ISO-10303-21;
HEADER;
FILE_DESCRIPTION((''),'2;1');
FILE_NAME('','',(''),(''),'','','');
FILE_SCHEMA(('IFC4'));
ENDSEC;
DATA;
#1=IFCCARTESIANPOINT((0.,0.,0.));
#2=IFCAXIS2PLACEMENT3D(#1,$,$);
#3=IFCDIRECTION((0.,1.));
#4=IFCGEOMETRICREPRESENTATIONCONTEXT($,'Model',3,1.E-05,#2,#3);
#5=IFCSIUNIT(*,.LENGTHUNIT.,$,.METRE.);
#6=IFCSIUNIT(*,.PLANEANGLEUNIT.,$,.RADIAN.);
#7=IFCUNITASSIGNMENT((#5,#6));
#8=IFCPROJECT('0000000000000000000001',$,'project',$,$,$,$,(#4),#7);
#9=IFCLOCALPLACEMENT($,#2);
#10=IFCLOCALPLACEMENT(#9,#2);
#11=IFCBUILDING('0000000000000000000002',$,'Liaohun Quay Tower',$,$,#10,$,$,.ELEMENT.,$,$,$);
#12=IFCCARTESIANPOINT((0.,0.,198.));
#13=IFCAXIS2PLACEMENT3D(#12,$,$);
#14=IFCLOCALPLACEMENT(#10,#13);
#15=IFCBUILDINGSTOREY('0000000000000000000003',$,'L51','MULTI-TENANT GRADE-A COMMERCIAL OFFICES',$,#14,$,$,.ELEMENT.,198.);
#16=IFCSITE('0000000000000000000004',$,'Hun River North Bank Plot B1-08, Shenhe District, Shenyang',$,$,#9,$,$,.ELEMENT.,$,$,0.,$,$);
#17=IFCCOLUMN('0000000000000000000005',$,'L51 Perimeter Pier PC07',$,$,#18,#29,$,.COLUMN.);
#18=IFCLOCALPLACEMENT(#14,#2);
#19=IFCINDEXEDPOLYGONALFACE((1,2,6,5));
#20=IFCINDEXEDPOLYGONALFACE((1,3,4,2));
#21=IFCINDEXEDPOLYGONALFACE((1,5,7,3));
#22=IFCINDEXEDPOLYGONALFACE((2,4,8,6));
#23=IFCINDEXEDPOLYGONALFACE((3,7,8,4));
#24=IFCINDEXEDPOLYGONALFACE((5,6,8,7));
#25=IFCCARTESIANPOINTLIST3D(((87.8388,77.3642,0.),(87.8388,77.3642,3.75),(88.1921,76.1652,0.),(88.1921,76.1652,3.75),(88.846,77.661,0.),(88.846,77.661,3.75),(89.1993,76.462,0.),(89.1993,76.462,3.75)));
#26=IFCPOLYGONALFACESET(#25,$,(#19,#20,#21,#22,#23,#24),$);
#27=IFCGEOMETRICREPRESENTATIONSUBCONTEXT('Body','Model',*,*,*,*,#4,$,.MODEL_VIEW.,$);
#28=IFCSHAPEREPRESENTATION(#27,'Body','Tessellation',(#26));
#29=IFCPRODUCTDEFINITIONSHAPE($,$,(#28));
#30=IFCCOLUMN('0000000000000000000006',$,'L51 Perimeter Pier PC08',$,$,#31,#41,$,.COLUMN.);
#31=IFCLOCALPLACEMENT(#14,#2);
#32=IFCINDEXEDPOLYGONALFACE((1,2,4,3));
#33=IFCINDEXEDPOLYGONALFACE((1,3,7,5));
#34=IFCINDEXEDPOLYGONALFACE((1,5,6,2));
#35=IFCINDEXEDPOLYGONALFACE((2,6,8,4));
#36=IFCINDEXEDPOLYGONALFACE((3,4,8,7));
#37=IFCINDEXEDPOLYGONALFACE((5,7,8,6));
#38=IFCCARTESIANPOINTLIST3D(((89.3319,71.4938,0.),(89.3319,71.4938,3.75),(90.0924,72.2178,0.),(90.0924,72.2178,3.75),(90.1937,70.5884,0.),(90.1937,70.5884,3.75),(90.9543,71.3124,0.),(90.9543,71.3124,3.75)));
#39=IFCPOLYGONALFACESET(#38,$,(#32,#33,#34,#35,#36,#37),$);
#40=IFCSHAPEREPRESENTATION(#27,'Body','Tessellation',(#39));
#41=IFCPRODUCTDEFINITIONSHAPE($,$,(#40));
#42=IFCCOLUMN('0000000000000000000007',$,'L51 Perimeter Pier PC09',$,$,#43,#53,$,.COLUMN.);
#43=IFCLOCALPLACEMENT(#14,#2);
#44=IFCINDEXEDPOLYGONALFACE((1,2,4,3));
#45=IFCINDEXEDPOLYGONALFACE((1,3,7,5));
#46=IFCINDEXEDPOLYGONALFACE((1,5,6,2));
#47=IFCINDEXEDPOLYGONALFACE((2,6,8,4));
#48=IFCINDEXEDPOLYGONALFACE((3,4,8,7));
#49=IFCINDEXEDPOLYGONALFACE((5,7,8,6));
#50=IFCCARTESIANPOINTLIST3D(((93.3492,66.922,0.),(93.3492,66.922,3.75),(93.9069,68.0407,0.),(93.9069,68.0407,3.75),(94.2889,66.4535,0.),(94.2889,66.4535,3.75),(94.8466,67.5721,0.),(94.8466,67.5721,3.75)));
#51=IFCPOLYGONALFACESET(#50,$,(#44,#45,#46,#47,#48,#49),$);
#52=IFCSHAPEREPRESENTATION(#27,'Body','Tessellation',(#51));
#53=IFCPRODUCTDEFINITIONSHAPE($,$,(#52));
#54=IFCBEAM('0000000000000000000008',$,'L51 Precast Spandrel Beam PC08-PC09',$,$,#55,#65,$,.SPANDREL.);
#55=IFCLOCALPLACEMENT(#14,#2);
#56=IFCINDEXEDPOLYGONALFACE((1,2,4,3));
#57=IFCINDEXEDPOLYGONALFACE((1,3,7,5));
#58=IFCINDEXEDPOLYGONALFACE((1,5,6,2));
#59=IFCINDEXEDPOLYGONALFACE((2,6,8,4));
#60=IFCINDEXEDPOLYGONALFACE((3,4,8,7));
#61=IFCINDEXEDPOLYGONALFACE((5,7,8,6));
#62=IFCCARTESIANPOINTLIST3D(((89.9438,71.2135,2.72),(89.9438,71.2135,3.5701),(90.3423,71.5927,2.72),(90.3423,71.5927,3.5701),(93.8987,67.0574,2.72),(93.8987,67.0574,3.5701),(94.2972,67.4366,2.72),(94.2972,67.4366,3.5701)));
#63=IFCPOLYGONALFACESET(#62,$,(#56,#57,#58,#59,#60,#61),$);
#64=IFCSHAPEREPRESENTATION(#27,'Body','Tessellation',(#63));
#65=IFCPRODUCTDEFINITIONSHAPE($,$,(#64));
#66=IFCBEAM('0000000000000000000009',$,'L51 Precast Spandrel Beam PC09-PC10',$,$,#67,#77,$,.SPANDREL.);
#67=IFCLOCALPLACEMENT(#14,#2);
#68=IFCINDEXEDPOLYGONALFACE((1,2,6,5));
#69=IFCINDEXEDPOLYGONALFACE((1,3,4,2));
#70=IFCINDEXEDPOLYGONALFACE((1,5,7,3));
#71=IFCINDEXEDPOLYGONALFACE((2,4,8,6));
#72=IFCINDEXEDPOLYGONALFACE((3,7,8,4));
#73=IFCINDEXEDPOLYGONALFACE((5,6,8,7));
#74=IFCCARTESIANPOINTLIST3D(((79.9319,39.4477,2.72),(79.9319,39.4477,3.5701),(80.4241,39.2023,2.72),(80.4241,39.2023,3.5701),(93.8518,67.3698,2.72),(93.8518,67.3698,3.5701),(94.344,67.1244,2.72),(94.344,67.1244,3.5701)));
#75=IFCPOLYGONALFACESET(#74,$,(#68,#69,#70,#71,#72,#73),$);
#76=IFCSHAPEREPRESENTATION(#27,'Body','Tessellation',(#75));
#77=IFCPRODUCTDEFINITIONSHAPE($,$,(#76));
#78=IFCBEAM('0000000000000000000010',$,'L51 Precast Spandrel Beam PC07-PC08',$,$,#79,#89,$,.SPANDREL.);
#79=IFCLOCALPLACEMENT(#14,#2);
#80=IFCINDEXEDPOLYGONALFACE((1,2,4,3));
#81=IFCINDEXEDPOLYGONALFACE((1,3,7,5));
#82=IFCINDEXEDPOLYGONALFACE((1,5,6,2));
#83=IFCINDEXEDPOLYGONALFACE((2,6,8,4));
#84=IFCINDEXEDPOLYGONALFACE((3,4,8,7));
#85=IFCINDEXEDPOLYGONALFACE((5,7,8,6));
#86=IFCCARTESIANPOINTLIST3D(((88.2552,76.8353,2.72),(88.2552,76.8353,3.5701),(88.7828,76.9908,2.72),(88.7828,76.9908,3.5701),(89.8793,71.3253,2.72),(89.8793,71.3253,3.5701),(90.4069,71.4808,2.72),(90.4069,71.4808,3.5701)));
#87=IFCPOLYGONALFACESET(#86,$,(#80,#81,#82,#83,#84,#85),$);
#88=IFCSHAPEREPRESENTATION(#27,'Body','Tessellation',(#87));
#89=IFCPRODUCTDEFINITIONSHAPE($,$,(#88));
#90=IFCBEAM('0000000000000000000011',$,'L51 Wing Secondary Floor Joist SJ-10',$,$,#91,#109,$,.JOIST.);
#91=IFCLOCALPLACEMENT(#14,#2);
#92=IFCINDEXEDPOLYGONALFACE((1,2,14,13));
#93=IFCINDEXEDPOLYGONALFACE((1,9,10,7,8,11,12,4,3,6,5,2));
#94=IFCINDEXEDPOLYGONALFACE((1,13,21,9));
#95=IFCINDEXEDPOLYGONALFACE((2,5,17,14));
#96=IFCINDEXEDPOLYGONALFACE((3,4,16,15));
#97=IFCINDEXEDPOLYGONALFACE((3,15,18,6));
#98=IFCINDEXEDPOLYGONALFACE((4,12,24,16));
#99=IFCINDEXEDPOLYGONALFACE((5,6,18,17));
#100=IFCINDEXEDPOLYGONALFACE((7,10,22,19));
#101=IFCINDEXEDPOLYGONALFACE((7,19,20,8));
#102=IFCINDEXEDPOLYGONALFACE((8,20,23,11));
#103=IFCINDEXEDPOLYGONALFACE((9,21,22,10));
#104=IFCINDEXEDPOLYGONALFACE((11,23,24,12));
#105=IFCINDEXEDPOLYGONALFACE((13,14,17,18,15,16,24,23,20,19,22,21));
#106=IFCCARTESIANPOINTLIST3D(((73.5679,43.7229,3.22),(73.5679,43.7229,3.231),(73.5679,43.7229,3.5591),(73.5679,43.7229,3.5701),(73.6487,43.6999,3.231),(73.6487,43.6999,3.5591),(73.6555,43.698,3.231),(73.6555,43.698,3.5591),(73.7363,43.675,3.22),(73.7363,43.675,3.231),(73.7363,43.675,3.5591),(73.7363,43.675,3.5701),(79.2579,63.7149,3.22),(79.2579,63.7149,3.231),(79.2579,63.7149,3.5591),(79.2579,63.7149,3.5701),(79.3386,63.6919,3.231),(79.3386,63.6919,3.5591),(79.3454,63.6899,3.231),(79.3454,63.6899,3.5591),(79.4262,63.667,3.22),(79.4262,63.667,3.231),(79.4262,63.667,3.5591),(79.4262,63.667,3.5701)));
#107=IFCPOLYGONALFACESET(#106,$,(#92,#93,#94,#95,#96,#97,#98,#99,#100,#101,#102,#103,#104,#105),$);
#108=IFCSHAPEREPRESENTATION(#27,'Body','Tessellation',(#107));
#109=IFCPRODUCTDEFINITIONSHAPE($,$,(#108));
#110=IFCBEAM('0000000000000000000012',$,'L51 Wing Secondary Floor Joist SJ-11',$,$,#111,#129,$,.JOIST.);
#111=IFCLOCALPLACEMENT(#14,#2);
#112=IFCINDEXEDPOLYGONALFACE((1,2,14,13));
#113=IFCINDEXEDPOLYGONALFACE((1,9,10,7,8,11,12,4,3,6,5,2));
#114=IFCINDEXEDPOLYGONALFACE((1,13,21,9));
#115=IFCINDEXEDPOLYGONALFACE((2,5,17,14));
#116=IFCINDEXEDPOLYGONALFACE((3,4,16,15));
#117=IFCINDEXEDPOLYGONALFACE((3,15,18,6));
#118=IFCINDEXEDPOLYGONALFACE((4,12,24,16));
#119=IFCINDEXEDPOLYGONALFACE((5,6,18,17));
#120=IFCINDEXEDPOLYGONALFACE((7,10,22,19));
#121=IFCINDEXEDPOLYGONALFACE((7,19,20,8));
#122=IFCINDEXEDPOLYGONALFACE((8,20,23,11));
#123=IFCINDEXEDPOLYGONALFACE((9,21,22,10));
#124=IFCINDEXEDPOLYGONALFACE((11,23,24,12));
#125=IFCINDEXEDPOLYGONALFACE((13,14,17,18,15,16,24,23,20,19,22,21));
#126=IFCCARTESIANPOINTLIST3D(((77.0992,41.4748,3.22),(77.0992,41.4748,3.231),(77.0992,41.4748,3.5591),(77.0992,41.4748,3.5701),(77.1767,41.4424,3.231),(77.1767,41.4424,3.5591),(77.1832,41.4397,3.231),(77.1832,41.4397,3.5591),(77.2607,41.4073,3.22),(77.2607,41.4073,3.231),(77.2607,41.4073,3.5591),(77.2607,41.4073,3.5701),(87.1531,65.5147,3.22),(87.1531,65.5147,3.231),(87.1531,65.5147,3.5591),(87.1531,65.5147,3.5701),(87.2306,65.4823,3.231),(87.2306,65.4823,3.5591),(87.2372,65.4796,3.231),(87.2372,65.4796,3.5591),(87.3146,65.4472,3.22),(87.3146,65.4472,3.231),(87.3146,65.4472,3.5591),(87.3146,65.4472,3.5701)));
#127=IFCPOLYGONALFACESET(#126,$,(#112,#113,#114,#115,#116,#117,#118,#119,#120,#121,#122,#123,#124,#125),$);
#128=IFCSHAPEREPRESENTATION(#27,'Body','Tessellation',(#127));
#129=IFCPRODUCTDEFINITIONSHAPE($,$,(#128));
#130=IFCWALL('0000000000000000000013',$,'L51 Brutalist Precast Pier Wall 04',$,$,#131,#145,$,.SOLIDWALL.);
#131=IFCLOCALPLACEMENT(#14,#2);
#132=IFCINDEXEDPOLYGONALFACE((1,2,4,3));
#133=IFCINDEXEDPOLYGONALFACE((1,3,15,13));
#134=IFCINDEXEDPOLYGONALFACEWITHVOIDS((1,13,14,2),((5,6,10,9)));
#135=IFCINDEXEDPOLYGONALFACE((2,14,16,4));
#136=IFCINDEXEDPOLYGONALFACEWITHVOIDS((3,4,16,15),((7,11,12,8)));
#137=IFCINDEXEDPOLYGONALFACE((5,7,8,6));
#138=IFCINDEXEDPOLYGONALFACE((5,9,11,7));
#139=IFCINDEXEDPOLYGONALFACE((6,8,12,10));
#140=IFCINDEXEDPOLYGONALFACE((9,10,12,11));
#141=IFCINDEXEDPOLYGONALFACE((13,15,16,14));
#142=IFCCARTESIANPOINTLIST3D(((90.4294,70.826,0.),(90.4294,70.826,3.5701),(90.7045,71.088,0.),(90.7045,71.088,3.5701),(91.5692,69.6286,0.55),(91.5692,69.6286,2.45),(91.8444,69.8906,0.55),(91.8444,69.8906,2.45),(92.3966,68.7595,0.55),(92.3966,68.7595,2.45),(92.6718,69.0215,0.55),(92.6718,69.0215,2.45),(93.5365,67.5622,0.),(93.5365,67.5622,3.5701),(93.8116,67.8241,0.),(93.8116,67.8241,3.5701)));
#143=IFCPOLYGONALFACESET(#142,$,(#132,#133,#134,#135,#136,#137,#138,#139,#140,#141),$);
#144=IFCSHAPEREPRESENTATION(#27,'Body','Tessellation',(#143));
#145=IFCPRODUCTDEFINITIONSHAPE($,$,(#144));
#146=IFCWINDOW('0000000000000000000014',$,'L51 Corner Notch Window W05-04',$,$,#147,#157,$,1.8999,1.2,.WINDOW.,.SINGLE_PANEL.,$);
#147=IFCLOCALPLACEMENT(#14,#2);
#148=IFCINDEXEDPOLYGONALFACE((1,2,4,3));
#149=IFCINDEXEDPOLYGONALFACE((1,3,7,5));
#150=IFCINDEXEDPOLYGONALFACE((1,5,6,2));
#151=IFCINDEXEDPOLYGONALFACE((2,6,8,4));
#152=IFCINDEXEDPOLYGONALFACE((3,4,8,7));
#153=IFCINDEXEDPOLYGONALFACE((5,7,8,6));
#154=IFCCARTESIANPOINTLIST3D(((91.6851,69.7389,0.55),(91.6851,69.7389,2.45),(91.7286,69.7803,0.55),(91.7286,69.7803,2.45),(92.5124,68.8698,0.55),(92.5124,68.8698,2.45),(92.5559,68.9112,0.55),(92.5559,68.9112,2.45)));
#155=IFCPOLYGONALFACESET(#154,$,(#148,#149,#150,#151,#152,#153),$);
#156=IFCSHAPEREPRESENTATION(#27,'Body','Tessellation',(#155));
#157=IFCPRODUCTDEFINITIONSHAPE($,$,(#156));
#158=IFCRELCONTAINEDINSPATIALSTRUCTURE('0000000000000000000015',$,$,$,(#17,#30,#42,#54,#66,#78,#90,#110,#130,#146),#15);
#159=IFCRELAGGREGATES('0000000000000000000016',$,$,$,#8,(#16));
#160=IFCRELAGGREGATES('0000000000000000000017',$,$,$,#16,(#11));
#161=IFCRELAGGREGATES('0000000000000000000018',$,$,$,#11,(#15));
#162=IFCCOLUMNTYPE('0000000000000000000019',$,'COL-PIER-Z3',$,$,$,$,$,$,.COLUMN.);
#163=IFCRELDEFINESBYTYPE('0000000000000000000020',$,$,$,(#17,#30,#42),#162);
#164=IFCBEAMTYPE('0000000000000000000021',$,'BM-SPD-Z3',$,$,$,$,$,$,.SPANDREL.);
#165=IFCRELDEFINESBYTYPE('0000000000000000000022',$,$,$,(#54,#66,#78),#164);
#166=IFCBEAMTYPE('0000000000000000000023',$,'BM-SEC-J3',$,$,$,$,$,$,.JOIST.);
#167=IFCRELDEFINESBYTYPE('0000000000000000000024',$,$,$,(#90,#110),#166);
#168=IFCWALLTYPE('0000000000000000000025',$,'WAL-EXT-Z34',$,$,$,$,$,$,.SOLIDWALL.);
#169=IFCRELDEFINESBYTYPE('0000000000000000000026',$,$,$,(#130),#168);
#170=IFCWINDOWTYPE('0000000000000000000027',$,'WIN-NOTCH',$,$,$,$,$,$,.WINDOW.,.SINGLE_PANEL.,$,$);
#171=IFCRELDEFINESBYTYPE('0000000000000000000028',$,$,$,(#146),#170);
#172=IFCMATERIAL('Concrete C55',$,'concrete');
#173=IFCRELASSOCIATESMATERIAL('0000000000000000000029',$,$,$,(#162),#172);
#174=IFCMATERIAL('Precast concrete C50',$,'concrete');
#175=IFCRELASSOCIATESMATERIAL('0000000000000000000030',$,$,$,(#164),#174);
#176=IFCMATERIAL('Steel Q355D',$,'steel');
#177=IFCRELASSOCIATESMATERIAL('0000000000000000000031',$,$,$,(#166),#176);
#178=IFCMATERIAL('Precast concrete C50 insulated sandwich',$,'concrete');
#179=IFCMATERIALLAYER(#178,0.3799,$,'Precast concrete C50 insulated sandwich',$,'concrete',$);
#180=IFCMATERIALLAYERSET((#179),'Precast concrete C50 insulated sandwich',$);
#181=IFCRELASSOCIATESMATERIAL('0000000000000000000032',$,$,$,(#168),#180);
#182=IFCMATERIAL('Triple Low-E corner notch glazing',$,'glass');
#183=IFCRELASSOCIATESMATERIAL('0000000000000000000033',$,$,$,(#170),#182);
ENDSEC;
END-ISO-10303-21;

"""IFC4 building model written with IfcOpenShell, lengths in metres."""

from ifc_helpers import new_model, si_unit, direction, frame, frame_2d, origin, origin_2d, place, context, subcontext, project, spatial, rectangle, i_section, extrude, source, transform, mapped, material, layer, layer_set, material_profile, profile_set, type_object, element, fill, save


model = new_model("IFC4")

# Units and contexts
model_context = context("Model", 3, precision=1e-05, world=origin(), true_north=direction((0.0, 1.0)))
body_context = subcontext(model_context, "Body", "Model", "MODEL_VIEW")
ifc_project = project(units=[si_unit("LENGTHUNIT", "METRE"), si_unit("PLANEANGLEUNIT", "RADIAN")], contexts=[model_context])

# Site, building, storey
site_placement = place(None, origin())
site = spatial("IfcSite", under=ifc_project, at=site_placement, Name="Hun River North Bank Plot B1-08, Shenhe District, Shenyang", CompositionType="ELEMENT", RefElevation=0.0)
building_placement = place(site_placement, origin())
building = spatial("IfcBuilding", under=site, at=building_placement, Name="Liaohun Quay Tower", CompositionType="ELEMENT")
storey_placement = place(building_placement, frame((0.0, 0.0, 198.0)))
storey = spatial("IfcBuildingStorey", under=building, at=storey_placement, Name="L51", Description="MULTI-TENANT GRADE-A COMMERCIAL OFFICES", CompositionType="ELEMENT", Elevation=198.0)

# Columns
ifc_material_1 = material(Name="Concrete C55", Category="concrete")
ifc_material_profile_1 = material_profile(ifc_material_1, rectangle(XDim=1.25, YDim=1.05, at=origin_2d()), Name="RC1250x1050")
ifc_profile_set_1 = profile_set([ifc_material_profile_1], Name="Concrete C55")
column_type = type_object("IfcColumnType", Name="COL-PIER-Z3", PredefinedType="COLUMN", material=ifc_profile_set_1)
shared_shape_1 = source(origin(), body_context, "Body", "SweptSolid", [
    extrude(rectangle(XDim=1.25, YDim=1.05, at=origin_2d()), origin(), (0.0, 0.0, 1.0), 3.75),
])
for number, where, z_axis, x_axis, name in (
    (1, (88.519, 76.9131, 0.0), (0.0, 0.0, 1.0), (-0.282676, 0.959215, 0.0), "L51 Perimeter Pier PC07"),
    (2, (90.1431, 71.4031, 0.0), (0.0, 0.0, 1.0), (-0.689493, 0.724292, 0.0), "L51 Perimeter Pier PC08"),
    (3, (94.0979, 67.2471, 0.0), (0.0, 0.0, 1.0), (0.446198, 0.894934, 0.0), "L51 Perimeter Pier PC09"),
):
    element("IfcColumn", number, at=place(storey_placement, frame(where, z_axis=z_axis, x_axis=x_axis)), inside=storey, type_object=column_type, Name=name, PredefinedType="COLUMN", context=body_context, shape_type="MappedRepresentation", body=[
        mapped(shared_shape_1, transform((0.0, 0.0, 0.0), x_axis=(1.0, 0.0, 0.0), y_axis=(0.0, 1.0, 0.0), z_axis=(0.0, 0.0, 1.0), scale=1.0)),
    ])

# Beams
ifc_material_2 = material(Name="Precast concrete C50", Category="concrete")
ifc_material_profile_2 = material_profile(ifc_material_2, rectangle(XDim=0.55, YDim=0.8501, at=origin_2d()), Name="RC550x850")
ifc_profile_set_2 = profile_set([ifc_material_profile_2], Name="Precast concrete C50")
beam_type_1 = type_object("IfcBeamType", Name="BM-SPD-Z3", PredefinedType="SPANDREL", material=ifc_profile_set_2)
shared_shape_2 = source(origin(), body_context, "Body", "SweptSolid", [
    extrude(rectangle(XDim=0.55, YDim=0.8501, at=origin_2d()), origin(), (0.0, 0.0, 1.0), 5.7371),
])
beam_1_placement = place(storey_placement, frame((90.1431, 71.4031, 3.145), z_axis=(0.689357, -0.724422, 0.0), x_axis=(0.724422, 0.689357, 0.0)))
element("IfcBeam", 4, at=beam_1_placement, inside=storey, type_object=beam_type_1, Name="L51 Precast Spandrel Beam PC08-PC09", PredefinedType="SPANDREL", context=body_context, shape_type="MappedRepresentation", body=[
    mapped(shared_shape_2, transform((0.0, 0.0, 0.0), x_axis=(1.0, 0.0, 0.0), y_axis=(0.0, 1.0, 0.0), z_axis=(0.0, 0.0, 1.0), scale=1.0)),
])
shared_shape_3 = source(origin(), body_context, "Body", "SweptSolid", [
    extrude(rectangle(XDim=0.55, YDim=0.8501, at=origin_2d()), origin(), (0.0, 0.0, 1.0), 31.1995),
])
beam_2_placement = place(storey_placement, frame((94.0979, 67.2471, 3.145), z_axis=(-0.446158, -0.894954, 0.0), x_axis=(0.894954, -0.446158, 0.0)))
element("IfcBeam", 5, at=beam_2_placement, inside=storey, type_object=beam_type_1, Name="L51 Precast Spandrel Beam PC09-PC10", PredefinedType="SPANDREL", context=body_context, shape_type="MappedRepresentation", body=[
    mapped(shared_shape_3, transform((0.0, 0.0, 0.0), x_axis=(1.0, 0.0, 0.0), y_axis=(0.0, 1.0, 0.0), z_axis=(0.0, 0.0, 1.0), scale=1.0)),
])
shared_shape_4 = source(origin(), body_context, "Body", "SweptSolid", [
    extrude(rectangle(XDim=0.55, YDim=0.8501, at=origin_2d()), origin(), (0.0, 0.0, 1.0), 5.7444),
])
beam_3_placement = place(storey_placement, frame((88.519, 76.9131, 3.145), z_axis=(0.282716, -0.959204, 0.0), x_axis=(0.959204, 0.282716, 0.0)))
element("IfcBeam", 6, at=beam_3_placement, inside=storey, type_object=beam_type_1, Name="L51 Precast Spandrel Beam PC07-PC08", PredefinedType="SPANDREL", context=body_context, shape_type="MappedRepresentation", body=[
    mapped(shared_shape_4, transform((0.0, 0.0, 0.0), x_axis=(1.0, 0.0, 0.0), y_axis=(0.0, 1.0, 0.0), z_axis=(0.0, 0.0, 1.0), scale=1.0)),
])
ifc_material_3 = material(Name="Steel Q355D", Category="steel")
ifc_material_profile_3 = material_profile(ifc_material_3, i_section(OverallWidth=0.175, OverallDepth=0.3501, WebThickness=0.0071, FlangeThickness=0.011, at=origin_2d()), Name="HN350x175x7x11")
ifc_profile_set_3 = profile_set([ifc_material_profile_3], Name="Steel Q355D")
beam_type_2 = type_object("IfcBeamType", Name="BM-SEC-J3", PredefinedType="JOIST", material=ifc_profile_set_3)
shared_shape_5 = source(origin(), body_context, "Body", "SweptSolid", [
    extrude(i_section(OverallWidth=0.175, OverallDepth=0.3501, WebThickness=0.0071, FlangeThickness=0.011, at=origin_2d()), origin(), (0.0, 0.0, 1.0), 20.7859),
])
beam_4_placement = place(storey_placement, frame((79.342, 63.6909, 3.395), z_axis=(-0.273741, -0.961804, 0.0), x_axis=(0.961804, -0.273741, 0.0)))
element("IfcBeam", 7, at=beam_4_placement, inside=storey, type_object=beam_type_2, Name="L51 Wing Secondary Floor Joist SJ-10", PredefinedType="JOIST", context=body_context, shape_type="MappedRepresentation", body=[
    mapped(shared_shape_5, transform((0.0, 0.0, 0.0), x_axis=(1.0, 0.0, 0.0), y_axis=(0.0, 1.0, 0.0), z_axis=(0.0, 0.0, 1.0), scale=1.0)),
])
shared_shape_6 = source(origin(), body_context, "Body", "SweptSolid", [
    extrude(i_section(OverallWidth=0.175, OverallDepth=0.3501, WebThickness=0.0071, FlangeThickness=0.011, at=origin_2d()), origin(), (0.0, 0.0, 1.0), 26.0576),
])
beam_5_placement = place(storey_placement, frame((87.2339, 65.481, 3.395), z_axis=(-0.385834, -0.922568, 0.0), x_axis=(0.922568, -0.385834, 0.0)))
element("IfcBeam", 8, at=beam_5_placement, inside=storey, type_object=beam_type_2, Name="L51 Wing Secondary Floor Joist SJ-11", PredefinedType="JOIST", context=body_context, shape_type="MappedRepresentation", body=[
    mapped(shared_shape_6, transform((0.0, 0.0, 0.0), x_axis=(1.0, 0.0, 0.0), y_axis=(0.0, 1.0, 0.0), z_axis=(0.0, 0.0, 1.0), scale=1.0)),
])

# Wall, opening, window
ifc_material_4 = material(Name="Precast concrete C50 insulated sandwich", Category="concrete")
ifc_layer_1 = layer(ifc_material_4, 0.3799, Name="Precast concrete C50 insulated sandwich", Category="concrete")
ifc_layer_set_1 = layer_set([ifc_layer_1], Name="Precast concrete C50 insulated sandwich")
wall_type_1 = type_object("IfcWallType", Name="WAL-EXT-Z34", PredefinedType="SOLIDWALL", material=ifc_layer_set_1)
wall_1_placement = place(storey_placement, frame((93.6741, 67.6931, 0.0), z_axis=(0.0, 0.0, 1.0), x_axis=(-0.689502, 0.724284, 0.0)))
wall_1 = element("IfcWall", 9, at=wall_1_placement, inside=storey, type_object=wall_type_1, Name="L51 Brutalist Precast Pier Wall 04", PredefinedType="SOLIDWALL", context=body_context, shape_type="SweptSolid", body=[
    extrude(rectangle(XDim=4.5063, YDim=0.3799, at=frame_2d((2.2532, 0.0))), origin(), (0.0, 0.0, 1.0), 3.5701),
])
shared_shape_7 = source(origin(), body_context, "Body", "SweptSolid", [
    extrude(rectangle(XDim=1.2, YDim=1.8999, at=frame_2d((0.6001, 0.95))), frame((0.0, 0.2, 0.0), z_axis=(0.0, -1.0, 0.0), x_axis=(1.0, 0.0, 0.0)), (0.0, 0.0, 1.0), 0.3999),
])
opening_1_placement = place(wall_1_placement, frame((1.6531, 0.0, 0.55)))
opening_1 = element("IfcOpeningElement", 10, at=opening_1_placement, cuts=wall_1, PredefinedType="OPENING", context=body_context, shape_type="MappedRepresentation", body=[
    mapped(shared_shape_7, transform((0.0, 0.0, 0.0), x_axis=(1.0, 0.0, 0.0), y_axis=(0.0, 1.0, 0.0), z_axis=(0.0, 0.0, 1.0), scale=1.0)),
])
ifc_material_5 = material(Name="Triple Low-E corner notch glazing", Category="glass")
window_type_1 = type_object("IfcWindowType", Name="WIN-NOTCH", PartitioningType="SINGLE_PANEL", PredefinedType="WINDOW", material=ifc_material_5)
shared_shape_8 = source(origin(), body_context, "Body", "SweptSolid", [
    extrude(rectangle(XDim=1.2, YDim=1.8999, at=frame_2d((0.6001, 0.95))), frame((0.0, 0.03, 0.0), z_axis=(0.0, -1.0, 0.0), x_axis=(1.0, 0.0, 0.0)), (0.0, 0.0, 1.0), 0.0601),
])
window_1_placement = place(opening_1_placement, origin())
window_1 = element("IfcWindow", 11, at=window_1_placement, inside=storey, type_object=window_type_1, Name="L51 Corner Notch Window W05-04", OverallHeight=1.8999, OverallWidth=1.2, PartitioningType="SINGLE_PANEL", PredefinedType="WINDOW", context=body_context, shape_type="MappedRepresentation", body=[
    mapped(shared_shape_8, transform((0.0, 0.0, 0.0), x_axis=(1.0, 0.0, 0.0), y_axis=(0.0, 1.0, 0.0), z_axis=(0.0, 0.0, 1.0), scale=1.0)),
])
fill(opening_1, window_1)

save(model, "model.ifc")
